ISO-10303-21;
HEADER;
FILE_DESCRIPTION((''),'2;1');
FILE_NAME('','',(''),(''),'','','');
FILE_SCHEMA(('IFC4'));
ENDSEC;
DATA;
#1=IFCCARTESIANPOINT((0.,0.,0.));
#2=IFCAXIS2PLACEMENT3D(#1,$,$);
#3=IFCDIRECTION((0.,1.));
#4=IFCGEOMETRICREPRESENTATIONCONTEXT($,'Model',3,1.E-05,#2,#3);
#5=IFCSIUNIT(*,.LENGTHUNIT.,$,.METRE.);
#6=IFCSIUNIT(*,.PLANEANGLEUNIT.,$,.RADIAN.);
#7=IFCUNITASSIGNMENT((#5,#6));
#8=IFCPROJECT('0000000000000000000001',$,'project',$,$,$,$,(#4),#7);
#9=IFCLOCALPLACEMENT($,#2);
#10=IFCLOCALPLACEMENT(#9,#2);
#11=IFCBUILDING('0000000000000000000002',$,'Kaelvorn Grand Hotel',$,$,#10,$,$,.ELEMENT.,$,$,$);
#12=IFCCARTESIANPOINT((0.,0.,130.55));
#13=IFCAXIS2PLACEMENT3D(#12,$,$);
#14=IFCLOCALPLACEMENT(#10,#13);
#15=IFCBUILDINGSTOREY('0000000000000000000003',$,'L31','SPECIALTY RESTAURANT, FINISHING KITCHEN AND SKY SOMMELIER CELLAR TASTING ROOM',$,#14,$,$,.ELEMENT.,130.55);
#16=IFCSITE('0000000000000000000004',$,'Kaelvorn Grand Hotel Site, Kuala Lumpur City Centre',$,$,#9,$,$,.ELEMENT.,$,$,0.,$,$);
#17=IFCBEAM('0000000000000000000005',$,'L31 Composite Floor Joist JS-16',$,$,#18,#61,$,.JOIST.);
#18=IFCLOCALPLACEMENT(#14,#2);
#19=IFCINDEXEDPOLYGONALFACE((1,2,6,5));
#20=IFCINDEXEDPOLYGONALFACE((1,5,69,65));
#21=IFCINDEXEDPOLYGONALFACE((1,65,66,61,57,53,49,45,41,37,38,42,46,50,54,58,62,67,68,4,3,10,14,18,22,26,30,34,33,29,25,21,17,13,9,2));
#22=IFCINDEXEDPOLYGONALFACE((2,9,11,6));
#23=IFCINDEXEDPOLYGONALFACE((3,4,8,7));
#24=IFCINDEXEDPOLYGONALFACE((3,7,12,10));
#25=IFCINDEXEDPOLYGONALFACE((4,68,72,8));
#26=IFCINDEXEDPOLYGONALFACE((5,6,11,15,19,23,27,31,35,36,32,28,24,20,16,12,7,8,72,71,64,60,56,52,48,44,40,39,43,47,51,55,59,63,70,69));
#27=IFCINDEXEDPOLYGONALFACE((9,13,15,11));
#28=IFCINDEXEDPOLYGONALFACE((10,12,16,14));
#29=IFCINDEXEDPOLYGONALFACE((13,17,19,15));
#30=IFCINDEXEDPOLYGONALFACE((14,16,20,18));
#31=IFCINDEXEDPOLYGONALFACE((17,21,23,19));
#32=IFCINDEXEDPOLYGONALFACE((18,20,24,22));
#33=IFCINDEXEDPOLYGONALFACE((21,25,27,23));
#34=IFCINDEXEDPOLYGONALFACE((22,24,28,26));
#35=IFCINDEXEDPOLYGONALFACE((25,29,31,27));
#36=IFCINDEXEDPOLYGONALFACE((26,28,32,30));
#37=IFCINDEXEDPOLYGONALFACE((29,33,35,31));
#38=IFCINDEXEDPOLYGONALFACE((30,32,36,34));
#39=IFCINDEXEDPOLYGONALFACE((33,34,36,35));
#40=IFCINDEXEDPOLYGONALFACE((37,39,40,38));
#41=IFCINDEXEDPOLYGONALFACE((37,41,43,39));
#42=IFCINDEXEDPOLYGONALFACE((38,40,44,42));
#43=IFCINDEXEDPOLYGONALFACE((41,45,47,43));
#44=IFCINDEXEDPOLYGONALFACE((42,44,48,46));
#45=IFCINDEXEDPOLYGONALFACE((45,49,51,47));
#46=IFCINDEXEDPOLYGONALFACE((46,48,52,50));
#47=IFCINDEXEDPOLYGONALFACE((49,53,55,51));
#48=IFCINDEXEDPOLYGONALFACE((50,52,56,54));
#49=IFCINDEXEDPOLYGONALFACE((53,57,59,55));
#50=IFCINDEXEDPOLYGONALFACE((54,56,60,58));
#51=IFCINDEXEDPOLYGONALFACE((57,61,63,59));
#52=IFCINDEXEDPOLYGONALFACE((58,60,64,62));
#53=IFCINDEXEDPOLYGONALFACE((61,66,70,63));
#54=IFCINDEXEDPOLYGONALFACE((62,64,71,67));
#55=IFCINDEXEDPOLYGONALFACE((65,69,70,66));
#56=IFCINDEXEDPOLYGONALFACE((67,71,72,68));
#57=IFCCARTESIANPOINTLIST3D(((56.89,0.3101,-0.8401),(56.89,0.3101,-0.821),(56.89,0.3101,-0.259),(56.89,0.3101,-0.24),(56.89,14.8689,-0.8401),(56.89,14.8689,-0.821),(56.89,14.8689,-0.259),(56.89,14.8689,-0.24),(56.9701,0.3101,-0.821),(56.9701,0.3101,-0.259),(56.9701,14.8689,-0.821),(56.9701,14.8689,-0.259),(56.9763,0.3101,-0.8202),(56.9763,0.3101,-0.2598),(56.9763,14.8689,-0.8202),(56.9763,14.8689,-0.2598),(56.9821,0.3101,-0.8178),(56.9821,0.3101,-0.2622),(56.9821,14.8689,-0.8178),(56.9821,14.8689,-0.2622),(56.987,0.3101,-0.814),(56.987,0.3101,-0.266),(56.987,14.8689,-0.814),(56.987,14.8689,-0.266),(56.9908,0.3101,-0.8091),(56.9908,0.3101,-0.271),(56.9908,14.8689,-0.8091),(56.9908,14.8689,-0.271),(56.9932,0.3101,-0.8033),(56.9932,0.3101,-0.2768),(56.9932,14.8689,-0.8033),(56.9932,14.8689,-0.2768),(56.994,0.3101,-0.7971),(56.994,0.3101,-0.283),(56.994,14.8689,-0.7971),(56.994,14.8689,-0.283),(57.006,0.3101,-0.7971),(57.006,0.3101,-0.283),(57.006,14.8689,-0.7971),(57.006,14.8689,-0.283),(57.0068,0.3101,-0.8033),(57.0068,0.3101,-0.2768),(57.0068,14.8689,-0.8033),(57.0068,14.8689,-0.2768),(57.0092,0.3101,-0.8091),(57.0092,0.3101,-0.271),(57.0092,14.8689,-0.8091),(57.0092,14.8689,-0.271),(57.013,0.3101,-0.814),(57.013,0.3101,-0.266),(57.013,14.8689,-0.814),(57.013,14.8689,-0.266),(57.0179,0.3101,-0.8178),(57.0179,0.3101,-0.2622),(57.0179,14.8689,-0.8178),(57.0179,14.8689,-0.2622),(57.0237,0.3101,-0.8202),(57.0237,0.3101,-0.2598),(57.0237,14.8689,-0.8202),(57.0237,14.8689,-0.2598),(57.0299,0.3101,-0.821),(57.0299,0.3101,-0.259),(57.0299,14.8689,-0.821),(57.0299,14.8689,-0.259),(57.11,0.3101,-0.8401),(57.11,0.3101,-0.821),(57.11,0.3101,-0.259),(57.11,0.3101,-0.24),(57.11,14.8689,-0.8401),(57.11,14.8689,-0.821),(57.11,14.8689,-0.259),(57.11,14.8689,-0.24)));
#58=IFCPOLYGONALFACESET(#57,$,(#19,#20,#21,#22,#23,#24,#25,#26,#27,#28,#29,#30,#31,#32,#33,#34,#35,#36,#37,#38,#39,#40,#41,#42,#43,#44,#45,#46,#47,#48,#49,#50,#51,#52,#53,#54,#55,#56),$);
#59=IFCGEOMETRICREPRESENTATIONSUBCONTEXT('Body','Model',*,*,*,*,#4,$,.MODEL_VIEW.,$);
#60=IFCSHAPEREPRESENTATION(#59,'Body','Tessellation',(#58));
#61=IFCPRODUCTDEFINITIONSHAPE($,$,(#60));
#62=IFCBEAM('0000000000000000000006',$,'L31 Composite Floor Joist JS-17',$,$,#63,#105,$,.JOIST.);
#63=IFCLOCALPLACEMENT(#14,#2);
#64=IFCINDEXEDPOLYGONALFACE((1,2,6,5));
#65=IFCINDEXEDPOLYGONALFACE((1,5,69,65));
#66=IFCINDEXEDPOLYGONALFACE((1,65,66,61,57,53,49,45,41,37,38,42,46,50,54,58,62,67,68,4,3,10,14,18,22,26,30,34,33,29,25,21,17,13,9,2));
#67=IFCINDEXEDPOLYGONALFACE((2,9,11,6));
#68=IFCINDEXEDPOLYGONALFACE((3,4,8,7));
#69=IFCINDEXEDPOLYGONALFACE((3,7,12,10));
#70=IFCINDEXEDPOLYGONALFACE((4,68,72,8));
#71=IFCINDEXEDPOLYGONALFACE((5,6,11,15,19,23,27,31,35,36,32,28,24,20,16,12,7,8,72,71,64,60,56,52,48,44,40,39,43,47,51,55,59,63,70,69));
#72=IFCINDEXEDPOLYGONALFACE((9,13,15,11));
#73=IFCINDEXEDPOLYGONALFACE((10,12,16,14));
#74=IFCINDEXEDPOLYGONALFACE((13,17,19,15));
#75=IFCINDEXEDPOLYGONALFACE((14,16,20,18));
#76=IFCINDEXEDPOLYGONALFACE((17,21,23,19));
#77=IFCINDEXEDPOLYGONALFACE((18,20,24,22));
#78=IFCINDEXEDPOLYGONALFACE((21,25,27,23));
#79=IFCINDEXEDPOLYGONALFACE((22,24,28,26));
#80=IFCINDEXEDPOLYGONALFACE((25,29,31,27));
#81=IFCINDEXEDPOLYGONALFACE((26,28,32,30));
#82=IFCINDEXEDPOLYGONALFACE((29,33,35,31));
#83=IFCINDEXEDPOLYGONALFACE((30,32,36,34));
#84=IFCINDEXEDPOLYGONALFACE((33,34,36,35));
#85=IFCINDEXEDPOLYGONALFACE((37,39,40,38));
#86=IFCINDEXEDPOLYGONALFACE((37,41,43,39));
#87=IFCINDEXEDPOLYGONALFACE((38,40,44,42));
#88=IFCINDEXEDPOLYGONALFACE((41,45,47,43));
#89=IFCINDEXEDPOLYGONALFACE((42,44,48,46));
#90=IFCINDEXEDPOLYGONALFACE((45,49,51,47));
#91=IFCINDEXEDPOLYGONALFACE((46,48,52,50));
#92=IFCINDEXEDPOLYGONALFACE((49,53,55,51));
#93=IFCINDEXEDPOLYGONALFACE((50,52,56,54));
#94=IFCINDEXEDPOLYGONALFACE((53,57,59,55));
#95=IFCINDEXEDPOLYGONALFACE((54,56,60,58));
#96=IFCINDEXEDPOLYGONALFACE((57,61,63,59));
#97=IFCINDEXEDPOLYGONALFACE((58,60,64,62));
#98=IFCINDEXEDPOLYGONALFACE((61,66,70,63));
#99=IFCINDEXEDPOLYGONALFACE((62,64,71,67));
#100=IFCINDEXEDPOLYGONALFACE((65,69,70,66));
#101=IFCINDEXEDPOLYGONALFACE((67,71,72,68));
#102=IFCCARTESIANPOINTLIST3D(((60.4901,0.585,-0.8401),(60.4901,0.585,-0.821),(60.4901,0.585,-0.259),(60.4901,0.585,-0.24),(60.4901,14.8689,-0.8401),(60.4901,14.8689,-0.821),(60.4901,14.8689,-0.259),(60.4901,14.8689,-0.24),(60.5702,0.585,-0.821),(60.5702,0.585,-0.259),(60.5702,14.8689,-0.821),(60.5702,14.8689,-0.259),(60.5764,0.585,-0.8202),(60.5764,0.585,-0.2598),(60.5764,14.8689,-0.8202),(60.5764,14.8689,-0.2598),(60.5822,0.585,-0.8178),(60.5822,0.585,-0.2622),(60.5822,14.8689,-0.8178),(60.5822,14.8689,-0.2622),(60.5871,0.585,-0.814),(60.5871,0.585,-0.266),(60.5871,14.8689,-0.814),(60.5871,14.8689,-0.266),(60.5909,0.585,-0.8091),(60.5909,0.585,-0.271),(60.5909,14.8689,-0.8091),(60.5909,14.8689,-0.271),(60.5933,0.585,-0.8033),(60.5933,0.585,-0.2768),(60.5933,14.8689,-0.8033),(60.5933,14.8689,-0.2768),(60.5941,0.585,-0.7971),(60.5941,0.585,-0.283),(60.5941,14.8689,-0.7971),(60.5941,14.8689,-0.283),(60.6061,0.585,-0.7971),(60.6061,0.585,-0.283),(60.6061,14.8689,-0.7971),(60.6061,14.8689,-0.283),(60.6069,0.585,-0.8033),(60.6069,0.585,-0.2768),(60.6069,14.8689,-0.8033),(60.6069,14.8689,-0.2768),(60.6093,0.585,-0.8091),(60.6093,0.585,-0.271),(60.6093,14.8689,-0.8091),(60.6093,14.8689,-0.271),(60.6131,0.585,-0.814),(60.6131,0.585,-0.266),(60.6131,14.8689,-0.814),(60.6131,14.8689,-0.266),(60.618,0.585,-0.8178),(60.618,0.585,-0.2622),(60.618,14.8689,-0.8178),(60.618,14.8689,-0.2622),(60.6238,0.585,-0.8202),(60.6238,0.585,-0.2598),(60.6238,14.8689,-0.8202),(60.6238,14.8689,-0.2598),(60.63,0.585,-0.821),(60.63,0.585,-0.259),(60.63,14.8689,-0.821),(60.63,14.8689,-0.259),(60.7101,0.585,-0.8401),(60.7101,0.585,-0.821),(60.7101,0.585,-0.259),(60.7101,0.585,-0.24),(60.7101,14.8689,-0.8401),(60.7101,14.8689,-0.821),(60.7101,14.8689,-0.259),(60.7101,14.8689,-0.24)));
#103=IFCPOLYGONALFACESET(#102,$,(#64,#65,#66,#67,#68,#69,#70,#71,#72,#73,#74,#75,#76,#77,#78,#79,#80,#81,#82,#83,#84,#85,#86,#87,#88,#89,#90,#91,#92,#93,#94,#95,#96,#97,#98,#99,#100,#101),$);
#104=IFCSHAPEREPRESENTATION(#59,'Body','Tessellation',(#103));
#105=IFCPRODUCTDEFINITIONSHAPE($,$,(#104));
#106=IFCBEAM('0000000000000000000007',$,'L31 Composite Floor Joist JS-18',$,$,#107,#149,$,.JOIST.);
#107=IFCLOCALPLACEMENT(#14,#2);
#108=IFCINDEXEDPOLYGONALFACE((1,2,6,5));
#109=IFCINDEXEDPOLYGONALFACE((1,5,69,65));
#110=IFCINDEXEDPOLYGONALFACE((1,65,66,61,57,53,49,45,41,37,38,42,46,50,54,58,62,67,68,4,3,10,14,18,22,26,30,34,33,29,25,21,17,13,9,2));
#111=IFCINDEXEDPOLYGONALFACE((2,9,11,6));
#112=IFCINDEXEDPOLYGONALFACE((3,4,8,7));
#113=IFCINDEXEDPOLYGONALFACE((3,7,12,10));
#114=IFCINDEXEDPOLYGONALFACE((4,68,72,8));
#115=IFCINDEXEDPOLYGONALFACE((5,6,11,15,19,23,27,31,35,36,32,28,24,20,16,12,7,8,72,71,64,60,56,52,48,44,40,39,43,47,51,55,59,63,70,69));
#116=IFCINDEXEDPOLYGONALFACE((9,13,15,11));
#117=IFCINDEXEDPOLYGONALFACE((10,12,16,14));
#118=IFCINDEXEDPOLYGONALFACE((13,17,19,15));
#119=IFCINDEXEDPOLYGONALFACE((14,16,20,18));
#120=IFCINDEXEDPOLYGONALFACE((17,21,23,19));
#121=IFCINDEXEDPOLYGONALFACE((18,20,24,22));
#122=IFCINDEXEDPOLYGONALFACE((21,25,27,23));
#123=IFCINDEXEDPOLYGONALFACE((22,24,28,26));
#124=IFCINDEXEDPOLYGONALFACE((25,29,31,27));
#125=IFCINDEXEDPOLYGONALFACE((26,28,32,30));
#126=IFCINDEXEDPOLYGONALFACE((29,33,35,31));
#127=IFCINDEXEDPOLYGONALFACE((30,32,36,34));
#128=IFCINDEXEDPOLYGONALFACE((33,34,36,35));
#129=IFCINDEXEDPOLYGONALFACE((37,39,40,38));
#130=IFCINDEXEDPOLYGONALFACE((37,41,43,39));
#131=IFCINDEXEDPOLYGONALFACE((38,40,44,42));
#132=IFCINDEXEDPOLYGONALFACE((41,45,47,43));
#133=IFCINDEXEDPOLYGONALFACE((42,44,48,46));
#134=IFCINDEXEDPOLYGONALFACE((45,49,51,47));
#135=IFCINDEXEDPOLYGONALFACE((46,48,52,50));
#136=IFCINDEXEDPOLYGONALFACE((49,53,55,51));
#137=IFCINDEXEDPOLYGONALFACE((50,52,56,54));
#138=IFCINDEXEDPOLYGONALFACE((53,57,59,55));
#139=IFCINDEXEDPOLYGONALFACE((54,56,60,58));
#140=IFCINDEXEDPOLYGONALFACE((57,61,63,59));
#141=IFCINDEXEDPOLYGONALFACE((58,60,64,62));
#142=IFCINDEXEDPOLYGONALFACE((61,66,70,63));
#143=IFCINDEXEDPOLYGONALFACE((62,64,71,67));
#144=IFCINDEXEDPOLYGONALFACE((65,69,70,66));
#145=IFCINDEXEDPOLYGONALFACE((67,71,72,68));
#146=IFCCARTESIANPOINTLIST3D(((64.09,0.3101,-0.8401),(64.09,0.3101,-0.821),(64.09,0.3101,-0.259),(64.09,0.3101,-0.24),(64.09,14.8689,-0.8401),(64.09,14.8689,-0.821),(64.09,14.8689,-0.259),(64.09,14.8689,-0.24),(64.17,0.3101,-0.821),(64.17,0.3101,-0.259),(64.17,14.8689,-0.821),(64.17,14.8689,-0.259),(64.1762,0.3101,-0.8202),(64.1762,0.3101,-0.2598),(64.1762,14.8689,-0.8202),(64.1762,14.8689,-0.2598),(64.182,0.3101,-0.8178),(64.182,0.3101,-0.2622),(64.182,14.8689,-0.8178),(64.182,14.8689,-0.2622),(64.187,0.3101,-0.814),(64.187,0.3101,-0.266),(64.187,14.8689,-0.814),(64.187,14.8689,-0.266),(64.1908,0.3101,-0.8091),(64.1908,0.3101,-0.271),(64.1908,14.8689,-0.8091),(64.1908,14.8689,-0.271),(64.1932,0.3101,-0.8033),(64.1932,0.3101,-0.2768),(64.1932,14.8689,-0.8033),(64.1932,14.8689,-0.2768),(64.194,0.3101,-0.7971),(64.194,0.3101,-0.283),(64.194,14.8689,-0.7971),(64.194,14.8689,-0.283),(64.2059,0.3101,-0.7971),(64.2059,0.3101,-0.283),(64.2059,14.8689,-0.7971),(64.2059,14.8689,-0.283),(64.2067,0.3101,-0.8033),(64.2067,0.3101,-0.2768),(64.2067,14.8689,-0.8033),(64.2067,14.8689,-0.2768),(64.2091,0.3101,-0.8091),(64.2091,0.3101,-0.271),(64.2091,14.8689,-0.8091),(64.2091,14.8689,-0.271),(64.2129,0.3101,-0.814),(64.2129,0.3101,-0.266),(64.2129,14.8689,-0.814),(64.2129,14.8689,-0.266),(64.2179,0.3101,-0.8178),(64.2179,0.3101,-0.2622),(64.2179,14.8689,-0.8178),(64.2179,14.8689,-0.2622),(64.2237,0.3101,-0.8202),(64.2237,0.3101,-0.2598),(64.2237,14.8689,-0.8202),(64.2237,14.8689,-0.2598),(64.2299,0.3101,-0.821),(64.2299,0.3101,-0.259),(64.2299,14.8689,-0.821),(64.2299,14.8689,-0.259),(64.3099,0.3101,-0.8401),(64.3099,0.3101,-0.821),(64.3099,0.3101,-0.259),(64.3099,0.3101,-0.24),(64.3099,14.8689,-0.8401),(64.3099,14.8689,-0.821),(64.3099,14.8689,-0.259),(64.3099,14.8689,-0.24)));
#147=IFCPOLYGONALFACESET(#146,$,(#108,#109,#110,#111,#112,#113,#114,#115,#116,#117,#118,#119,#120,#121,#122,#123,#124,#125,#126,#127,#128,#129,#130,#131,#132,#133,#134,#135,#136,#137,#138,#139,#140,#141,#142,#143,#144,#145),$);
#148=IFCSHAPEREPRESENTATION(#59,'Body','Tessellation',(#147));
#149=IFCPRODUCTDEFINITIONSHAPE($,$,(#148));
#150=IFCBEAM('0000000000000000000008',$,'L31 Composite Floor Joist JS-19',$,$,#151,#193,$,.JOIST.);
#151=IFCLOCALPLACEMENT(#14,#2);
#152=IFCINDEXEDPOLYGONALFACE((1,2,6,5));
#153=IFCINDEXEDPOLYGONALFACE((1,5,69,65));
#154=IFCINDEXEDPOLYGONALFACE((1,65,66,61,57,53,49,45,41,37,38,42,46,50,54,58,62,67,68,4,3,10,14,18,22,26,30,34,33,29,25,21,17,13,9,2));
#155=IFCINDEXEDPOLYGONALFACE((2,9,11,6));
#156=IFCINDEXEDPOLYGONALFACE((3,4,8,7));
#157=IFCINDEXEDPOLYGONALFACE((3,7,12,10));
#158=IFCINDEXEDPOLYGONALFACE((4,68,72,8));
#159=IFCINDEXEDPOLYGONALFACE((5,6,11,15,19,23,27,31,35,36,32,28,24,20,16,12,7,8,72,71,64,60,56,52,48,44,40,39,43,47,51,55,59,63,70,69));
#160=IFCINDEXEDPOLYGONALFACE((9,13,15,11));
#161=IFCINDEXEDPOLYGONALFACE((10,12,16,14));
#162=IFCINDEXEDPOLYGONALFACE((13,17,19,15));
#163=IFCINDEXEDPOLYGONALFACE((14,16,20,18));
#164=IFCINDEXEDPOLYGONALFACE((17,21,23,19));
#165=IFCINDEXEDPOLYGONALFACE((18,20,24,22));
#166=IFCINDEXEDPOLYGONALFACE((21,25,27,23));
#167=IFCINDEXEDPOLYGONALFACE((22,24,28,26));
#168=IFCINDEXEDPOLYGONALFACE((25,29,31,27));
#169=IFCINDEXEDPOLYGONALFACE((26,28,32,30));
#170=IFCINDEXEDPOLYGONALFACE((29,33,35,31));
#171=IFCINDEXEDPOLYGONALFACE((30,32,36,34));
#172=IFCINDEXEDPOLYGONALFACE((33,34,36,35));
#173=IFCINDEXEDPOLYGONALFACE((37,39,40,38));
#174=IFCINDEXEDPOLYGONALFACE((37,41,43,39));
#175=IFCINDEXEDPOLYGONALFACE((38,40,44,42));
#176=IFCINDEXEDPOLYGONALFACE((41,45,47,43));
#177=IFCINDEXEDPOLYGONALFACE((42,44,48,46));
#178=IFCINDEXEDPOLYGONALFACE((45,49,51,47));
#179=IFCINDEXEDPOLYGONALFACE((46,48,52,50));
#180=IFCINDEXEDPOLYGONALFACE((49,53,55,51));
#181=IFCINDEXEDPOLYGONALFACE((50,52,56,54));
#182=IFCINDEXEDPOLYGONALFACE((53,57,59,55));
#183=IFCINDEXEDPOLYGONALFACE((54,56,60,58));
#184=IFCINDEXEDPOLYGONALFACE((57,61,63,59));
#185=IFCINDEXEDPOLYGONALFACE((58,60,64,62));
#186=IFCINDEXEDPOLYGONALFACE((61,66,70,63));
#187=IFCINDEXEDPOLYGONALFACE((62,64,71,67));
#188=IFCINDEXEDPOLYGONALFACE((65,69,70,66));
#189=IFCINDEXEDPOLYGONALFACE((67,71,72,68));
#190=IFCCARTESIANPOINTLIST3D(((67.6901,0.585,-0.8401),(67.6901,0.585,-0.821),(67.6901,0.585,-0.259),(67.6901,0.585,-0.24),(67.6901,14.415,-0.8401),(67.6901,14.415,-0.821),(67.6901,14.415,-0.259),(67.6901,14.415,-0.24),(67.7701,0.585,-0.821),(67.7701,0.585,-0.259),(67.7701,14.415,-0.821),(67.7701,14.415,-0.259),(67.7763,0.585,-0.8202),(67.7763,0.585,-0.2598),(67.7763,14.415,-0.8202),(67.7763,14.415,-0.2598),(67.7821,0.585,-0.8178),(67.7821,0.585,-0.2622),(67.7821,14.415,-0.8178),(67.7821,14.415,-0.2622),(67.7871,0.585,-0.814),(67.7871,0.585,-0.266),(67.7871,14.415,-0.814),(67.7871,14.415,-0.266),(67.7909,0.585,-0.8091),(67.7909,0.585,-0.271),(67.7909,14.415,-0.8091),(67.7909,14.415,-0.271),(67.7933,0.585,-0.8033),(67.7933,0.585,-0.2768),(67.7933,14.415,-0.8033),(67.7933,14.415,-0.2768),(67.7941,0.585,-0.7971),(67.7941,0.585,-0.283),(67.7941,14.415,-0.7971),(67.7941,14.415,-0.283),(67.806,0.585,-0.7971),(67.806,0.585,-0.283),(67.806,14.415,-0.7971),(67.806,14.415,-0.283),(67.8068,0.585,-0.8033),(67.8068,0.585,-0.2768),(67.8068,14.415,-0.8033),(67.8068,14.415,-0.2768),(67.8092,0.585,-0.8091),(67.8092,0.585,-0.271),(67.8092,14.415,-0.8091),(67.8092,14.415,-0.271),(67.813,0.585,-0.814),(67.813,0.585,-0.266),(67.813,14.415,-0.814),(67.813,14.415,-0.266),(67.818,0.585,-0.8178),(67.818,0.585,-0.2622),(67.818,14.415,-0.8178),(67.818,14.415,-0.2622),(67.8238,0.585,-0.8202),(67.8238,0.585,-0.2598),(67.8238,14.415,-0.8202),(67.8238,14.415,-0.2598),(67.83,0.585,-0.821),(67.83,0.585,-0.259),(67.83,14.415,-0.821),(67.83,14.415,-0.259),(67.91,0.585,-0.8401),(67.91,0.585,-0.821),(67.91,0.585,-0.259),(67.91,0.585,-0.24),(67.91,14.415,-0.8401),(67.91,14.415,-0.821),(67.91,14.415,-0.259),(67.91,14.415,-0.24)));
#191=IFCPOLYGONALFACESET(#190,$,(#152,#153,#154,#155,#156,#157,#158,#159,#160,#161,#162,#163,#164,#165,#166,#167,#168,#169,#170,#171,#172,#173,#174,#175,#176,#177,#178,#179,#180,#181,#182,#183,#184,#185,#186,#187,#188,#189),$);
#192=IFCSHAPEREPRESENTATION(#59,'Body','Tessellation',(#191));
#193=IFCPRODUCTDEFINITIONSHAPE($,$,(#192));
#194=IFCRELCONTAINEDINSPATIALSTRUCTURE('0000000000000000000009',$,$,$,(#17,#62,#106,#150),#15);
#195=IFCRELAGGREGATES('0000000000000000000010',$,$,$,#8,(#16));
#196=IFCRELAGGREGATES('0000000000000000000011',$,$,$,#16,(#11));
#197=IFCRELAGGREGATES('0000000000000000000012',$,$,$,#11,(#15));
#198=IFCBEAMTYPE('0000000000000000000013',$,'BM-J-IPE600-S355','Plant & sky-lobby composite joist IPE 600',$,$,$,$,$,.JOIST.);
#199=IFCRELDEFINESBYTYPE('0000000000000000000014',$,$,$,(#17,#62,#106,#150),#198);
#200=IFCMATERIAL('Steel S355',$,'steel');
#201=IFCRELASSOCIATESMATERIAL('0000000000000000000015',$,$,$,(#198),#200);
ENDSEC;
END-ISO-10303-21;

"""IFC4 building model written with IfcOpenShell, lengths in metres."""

from ifc_helpers import new_model, si_unit, direction, frame, origin, origin_2d, place, context, subcontext, project, spatial, i_section, extrude, material, material_profile, profile_set, type_object, element, save


model = new_model("IFC4")

# Units and contexts
model_context = context("Model", 3, precision=1e-05, world=origin(), true_north=direction((0.0, 1.0)))
body_context = subcontext(model_context, "Body", "Model", "MODEL_VIEW")
ifc_project = project(units=[si_unit("LENGTHUNIT", "METRE"), si_unit("PLANEANGLEUNIT", "RADIAN")], contexts=[model_context])

# Site, building, storey
site_placement = place(None, origin())
site = spatial("IfcSite", under=ifc_project, at=site_placement, Name="Kaelvorn Grand Hotel Site, Kuala Lumpur City Centre", CompositionType="ELEMENT", RefElevation=0.0)
building_placement = place(site_placement, origin())
building = spatial("IfcBuilding", under=site, at=building_placement, Name="Kaelvorn Grand Hotel", CompositionType="ELEMENT")
storey_placement = place(building_placement, frame((0.0, 0.0, 130.55)))
storey = spatial("IfcBuildingStorey", under=building, at=storey_placement, Name="L31", Description="SPECIALTY RESTAURANT, FINISHING KITCHEN AND SKY SOMMELIER CELLAR TASTING ROOM", CompositionType="ELEMENT", Elevation=130.55)

# Beams
ifc_material_1 = material(Name="Steel S355", Category="steel")
ifc_material_profile_1 = material_profile(ifc_material_1, i_section(OverallWidth=0.22, OverallDepth=0.6001, WebThickness=0.012, FlangeThickness=0.019, FilletRadius=0.0239, at=origin_2d()), Name="IPE 600")
ifc_profile_set_1 = profile_set([ifc_material_profile_1], Name="Steel S355")
beam_type_1 = type_object("IfcBeamType", Name="BM-J-IPE600-S355", Description="Plant & sky-lobby composite joist IPE 600", PredefinedType="JOIST", material=ifc_profile_set_1)
beam_1_placement = place(storey_placement, frame((57.0, 0.3101, -0.54), z_axis=(0.0, 1.0, 0.0), x_axis=(-1.0, 0.0, 0.0)))
element("IfcBeam", 1, at=beam_1_placement, inside=storey, type_object=beam_type_1, Name="L31 Composite Floor Joist JS-16", PredefinedType="JOIST", context=body_context, shape_type="SweptSolid", body=[
    extrude(i_section(OverallWidth=0.22, OverallDepth=0.6001, WebThickness=0.012, FlangeThickness=0.019, FilletRadius=0.0239, at=origin_2d()), origin(), (0.0, 0.0, 1.0), 14.5588),
])
beam_2_placement = place(storey_placement, frame((60.6001, 0.585, -0.54), z_axis=(0.0, 1.0, 0.0), x_axis=(-1.0, 0.0, 0.0)))
element("IfcBeam", 2, at=beam_2_placement, inside=storey, type_object=beam_type_1, Name="L31 Composite Floor Joist JS-17", PredefinedType="JOIST", context=body_context, shape_type="SweptSolid", body=[
    extrude(i_section(OverallWidth=0.22, OverallDepth=0.6001, WebThickness=0.012, FlangeThickness=0.019, FilletRadius=0.0239, at=origin_2d()), origin(), (0.0, 0.0, 1.0), 14.2839),
])
beam_3_placement = place(storey_placement, frame((64.2, 0.3101, -0.54), z_axis=(0.0, 1.0, 0.0), x_axis=(-1.0, 0.0, 0.0)))
element("IfcBeam", 3, at=beam_3_placement, inside=storey, type_object=beam_type_1, Name="L31 Composite Floor Joist JS-18", PredefinedType="JOIST", context=body_context, shape_type="SweptSolid", body=[
    extrude(i_section(OverallWidth=0.22, OverallDepth=0.6001, WebThickness=0.012, FlangeThickness=0.019, FilletRadius=0.0239, at=origin_2d()), origin(), (0.0, 0.0, 1.0), 14.5588),
])
beam_4_placement = place(storey_placement, frame((67.8, 0.585, -0.54), z_axis=(0.0, 1.0, 0.0), x_axis=(-1.0, 0.0, 0.0)))
element("IfcBeam", 4, at=beam_4_placement, inside=storey, type_object=beam_type_1, Name="L31 Composite Floor Joist JS-19", PredefinedType="JOIST", context=body_context, shape_type="SweptSolid", body=[
    extrude(i_section(OverallWidth=0.22, OverallDepth=0.6001, WebThickness=0.012, FlangeThickness=0.019, FilletRadius=0.0239, at=origin_2d()), origin(), (0.0, 0.0, 1.0), 13.8301),
])

save(model, "model.ifc")
